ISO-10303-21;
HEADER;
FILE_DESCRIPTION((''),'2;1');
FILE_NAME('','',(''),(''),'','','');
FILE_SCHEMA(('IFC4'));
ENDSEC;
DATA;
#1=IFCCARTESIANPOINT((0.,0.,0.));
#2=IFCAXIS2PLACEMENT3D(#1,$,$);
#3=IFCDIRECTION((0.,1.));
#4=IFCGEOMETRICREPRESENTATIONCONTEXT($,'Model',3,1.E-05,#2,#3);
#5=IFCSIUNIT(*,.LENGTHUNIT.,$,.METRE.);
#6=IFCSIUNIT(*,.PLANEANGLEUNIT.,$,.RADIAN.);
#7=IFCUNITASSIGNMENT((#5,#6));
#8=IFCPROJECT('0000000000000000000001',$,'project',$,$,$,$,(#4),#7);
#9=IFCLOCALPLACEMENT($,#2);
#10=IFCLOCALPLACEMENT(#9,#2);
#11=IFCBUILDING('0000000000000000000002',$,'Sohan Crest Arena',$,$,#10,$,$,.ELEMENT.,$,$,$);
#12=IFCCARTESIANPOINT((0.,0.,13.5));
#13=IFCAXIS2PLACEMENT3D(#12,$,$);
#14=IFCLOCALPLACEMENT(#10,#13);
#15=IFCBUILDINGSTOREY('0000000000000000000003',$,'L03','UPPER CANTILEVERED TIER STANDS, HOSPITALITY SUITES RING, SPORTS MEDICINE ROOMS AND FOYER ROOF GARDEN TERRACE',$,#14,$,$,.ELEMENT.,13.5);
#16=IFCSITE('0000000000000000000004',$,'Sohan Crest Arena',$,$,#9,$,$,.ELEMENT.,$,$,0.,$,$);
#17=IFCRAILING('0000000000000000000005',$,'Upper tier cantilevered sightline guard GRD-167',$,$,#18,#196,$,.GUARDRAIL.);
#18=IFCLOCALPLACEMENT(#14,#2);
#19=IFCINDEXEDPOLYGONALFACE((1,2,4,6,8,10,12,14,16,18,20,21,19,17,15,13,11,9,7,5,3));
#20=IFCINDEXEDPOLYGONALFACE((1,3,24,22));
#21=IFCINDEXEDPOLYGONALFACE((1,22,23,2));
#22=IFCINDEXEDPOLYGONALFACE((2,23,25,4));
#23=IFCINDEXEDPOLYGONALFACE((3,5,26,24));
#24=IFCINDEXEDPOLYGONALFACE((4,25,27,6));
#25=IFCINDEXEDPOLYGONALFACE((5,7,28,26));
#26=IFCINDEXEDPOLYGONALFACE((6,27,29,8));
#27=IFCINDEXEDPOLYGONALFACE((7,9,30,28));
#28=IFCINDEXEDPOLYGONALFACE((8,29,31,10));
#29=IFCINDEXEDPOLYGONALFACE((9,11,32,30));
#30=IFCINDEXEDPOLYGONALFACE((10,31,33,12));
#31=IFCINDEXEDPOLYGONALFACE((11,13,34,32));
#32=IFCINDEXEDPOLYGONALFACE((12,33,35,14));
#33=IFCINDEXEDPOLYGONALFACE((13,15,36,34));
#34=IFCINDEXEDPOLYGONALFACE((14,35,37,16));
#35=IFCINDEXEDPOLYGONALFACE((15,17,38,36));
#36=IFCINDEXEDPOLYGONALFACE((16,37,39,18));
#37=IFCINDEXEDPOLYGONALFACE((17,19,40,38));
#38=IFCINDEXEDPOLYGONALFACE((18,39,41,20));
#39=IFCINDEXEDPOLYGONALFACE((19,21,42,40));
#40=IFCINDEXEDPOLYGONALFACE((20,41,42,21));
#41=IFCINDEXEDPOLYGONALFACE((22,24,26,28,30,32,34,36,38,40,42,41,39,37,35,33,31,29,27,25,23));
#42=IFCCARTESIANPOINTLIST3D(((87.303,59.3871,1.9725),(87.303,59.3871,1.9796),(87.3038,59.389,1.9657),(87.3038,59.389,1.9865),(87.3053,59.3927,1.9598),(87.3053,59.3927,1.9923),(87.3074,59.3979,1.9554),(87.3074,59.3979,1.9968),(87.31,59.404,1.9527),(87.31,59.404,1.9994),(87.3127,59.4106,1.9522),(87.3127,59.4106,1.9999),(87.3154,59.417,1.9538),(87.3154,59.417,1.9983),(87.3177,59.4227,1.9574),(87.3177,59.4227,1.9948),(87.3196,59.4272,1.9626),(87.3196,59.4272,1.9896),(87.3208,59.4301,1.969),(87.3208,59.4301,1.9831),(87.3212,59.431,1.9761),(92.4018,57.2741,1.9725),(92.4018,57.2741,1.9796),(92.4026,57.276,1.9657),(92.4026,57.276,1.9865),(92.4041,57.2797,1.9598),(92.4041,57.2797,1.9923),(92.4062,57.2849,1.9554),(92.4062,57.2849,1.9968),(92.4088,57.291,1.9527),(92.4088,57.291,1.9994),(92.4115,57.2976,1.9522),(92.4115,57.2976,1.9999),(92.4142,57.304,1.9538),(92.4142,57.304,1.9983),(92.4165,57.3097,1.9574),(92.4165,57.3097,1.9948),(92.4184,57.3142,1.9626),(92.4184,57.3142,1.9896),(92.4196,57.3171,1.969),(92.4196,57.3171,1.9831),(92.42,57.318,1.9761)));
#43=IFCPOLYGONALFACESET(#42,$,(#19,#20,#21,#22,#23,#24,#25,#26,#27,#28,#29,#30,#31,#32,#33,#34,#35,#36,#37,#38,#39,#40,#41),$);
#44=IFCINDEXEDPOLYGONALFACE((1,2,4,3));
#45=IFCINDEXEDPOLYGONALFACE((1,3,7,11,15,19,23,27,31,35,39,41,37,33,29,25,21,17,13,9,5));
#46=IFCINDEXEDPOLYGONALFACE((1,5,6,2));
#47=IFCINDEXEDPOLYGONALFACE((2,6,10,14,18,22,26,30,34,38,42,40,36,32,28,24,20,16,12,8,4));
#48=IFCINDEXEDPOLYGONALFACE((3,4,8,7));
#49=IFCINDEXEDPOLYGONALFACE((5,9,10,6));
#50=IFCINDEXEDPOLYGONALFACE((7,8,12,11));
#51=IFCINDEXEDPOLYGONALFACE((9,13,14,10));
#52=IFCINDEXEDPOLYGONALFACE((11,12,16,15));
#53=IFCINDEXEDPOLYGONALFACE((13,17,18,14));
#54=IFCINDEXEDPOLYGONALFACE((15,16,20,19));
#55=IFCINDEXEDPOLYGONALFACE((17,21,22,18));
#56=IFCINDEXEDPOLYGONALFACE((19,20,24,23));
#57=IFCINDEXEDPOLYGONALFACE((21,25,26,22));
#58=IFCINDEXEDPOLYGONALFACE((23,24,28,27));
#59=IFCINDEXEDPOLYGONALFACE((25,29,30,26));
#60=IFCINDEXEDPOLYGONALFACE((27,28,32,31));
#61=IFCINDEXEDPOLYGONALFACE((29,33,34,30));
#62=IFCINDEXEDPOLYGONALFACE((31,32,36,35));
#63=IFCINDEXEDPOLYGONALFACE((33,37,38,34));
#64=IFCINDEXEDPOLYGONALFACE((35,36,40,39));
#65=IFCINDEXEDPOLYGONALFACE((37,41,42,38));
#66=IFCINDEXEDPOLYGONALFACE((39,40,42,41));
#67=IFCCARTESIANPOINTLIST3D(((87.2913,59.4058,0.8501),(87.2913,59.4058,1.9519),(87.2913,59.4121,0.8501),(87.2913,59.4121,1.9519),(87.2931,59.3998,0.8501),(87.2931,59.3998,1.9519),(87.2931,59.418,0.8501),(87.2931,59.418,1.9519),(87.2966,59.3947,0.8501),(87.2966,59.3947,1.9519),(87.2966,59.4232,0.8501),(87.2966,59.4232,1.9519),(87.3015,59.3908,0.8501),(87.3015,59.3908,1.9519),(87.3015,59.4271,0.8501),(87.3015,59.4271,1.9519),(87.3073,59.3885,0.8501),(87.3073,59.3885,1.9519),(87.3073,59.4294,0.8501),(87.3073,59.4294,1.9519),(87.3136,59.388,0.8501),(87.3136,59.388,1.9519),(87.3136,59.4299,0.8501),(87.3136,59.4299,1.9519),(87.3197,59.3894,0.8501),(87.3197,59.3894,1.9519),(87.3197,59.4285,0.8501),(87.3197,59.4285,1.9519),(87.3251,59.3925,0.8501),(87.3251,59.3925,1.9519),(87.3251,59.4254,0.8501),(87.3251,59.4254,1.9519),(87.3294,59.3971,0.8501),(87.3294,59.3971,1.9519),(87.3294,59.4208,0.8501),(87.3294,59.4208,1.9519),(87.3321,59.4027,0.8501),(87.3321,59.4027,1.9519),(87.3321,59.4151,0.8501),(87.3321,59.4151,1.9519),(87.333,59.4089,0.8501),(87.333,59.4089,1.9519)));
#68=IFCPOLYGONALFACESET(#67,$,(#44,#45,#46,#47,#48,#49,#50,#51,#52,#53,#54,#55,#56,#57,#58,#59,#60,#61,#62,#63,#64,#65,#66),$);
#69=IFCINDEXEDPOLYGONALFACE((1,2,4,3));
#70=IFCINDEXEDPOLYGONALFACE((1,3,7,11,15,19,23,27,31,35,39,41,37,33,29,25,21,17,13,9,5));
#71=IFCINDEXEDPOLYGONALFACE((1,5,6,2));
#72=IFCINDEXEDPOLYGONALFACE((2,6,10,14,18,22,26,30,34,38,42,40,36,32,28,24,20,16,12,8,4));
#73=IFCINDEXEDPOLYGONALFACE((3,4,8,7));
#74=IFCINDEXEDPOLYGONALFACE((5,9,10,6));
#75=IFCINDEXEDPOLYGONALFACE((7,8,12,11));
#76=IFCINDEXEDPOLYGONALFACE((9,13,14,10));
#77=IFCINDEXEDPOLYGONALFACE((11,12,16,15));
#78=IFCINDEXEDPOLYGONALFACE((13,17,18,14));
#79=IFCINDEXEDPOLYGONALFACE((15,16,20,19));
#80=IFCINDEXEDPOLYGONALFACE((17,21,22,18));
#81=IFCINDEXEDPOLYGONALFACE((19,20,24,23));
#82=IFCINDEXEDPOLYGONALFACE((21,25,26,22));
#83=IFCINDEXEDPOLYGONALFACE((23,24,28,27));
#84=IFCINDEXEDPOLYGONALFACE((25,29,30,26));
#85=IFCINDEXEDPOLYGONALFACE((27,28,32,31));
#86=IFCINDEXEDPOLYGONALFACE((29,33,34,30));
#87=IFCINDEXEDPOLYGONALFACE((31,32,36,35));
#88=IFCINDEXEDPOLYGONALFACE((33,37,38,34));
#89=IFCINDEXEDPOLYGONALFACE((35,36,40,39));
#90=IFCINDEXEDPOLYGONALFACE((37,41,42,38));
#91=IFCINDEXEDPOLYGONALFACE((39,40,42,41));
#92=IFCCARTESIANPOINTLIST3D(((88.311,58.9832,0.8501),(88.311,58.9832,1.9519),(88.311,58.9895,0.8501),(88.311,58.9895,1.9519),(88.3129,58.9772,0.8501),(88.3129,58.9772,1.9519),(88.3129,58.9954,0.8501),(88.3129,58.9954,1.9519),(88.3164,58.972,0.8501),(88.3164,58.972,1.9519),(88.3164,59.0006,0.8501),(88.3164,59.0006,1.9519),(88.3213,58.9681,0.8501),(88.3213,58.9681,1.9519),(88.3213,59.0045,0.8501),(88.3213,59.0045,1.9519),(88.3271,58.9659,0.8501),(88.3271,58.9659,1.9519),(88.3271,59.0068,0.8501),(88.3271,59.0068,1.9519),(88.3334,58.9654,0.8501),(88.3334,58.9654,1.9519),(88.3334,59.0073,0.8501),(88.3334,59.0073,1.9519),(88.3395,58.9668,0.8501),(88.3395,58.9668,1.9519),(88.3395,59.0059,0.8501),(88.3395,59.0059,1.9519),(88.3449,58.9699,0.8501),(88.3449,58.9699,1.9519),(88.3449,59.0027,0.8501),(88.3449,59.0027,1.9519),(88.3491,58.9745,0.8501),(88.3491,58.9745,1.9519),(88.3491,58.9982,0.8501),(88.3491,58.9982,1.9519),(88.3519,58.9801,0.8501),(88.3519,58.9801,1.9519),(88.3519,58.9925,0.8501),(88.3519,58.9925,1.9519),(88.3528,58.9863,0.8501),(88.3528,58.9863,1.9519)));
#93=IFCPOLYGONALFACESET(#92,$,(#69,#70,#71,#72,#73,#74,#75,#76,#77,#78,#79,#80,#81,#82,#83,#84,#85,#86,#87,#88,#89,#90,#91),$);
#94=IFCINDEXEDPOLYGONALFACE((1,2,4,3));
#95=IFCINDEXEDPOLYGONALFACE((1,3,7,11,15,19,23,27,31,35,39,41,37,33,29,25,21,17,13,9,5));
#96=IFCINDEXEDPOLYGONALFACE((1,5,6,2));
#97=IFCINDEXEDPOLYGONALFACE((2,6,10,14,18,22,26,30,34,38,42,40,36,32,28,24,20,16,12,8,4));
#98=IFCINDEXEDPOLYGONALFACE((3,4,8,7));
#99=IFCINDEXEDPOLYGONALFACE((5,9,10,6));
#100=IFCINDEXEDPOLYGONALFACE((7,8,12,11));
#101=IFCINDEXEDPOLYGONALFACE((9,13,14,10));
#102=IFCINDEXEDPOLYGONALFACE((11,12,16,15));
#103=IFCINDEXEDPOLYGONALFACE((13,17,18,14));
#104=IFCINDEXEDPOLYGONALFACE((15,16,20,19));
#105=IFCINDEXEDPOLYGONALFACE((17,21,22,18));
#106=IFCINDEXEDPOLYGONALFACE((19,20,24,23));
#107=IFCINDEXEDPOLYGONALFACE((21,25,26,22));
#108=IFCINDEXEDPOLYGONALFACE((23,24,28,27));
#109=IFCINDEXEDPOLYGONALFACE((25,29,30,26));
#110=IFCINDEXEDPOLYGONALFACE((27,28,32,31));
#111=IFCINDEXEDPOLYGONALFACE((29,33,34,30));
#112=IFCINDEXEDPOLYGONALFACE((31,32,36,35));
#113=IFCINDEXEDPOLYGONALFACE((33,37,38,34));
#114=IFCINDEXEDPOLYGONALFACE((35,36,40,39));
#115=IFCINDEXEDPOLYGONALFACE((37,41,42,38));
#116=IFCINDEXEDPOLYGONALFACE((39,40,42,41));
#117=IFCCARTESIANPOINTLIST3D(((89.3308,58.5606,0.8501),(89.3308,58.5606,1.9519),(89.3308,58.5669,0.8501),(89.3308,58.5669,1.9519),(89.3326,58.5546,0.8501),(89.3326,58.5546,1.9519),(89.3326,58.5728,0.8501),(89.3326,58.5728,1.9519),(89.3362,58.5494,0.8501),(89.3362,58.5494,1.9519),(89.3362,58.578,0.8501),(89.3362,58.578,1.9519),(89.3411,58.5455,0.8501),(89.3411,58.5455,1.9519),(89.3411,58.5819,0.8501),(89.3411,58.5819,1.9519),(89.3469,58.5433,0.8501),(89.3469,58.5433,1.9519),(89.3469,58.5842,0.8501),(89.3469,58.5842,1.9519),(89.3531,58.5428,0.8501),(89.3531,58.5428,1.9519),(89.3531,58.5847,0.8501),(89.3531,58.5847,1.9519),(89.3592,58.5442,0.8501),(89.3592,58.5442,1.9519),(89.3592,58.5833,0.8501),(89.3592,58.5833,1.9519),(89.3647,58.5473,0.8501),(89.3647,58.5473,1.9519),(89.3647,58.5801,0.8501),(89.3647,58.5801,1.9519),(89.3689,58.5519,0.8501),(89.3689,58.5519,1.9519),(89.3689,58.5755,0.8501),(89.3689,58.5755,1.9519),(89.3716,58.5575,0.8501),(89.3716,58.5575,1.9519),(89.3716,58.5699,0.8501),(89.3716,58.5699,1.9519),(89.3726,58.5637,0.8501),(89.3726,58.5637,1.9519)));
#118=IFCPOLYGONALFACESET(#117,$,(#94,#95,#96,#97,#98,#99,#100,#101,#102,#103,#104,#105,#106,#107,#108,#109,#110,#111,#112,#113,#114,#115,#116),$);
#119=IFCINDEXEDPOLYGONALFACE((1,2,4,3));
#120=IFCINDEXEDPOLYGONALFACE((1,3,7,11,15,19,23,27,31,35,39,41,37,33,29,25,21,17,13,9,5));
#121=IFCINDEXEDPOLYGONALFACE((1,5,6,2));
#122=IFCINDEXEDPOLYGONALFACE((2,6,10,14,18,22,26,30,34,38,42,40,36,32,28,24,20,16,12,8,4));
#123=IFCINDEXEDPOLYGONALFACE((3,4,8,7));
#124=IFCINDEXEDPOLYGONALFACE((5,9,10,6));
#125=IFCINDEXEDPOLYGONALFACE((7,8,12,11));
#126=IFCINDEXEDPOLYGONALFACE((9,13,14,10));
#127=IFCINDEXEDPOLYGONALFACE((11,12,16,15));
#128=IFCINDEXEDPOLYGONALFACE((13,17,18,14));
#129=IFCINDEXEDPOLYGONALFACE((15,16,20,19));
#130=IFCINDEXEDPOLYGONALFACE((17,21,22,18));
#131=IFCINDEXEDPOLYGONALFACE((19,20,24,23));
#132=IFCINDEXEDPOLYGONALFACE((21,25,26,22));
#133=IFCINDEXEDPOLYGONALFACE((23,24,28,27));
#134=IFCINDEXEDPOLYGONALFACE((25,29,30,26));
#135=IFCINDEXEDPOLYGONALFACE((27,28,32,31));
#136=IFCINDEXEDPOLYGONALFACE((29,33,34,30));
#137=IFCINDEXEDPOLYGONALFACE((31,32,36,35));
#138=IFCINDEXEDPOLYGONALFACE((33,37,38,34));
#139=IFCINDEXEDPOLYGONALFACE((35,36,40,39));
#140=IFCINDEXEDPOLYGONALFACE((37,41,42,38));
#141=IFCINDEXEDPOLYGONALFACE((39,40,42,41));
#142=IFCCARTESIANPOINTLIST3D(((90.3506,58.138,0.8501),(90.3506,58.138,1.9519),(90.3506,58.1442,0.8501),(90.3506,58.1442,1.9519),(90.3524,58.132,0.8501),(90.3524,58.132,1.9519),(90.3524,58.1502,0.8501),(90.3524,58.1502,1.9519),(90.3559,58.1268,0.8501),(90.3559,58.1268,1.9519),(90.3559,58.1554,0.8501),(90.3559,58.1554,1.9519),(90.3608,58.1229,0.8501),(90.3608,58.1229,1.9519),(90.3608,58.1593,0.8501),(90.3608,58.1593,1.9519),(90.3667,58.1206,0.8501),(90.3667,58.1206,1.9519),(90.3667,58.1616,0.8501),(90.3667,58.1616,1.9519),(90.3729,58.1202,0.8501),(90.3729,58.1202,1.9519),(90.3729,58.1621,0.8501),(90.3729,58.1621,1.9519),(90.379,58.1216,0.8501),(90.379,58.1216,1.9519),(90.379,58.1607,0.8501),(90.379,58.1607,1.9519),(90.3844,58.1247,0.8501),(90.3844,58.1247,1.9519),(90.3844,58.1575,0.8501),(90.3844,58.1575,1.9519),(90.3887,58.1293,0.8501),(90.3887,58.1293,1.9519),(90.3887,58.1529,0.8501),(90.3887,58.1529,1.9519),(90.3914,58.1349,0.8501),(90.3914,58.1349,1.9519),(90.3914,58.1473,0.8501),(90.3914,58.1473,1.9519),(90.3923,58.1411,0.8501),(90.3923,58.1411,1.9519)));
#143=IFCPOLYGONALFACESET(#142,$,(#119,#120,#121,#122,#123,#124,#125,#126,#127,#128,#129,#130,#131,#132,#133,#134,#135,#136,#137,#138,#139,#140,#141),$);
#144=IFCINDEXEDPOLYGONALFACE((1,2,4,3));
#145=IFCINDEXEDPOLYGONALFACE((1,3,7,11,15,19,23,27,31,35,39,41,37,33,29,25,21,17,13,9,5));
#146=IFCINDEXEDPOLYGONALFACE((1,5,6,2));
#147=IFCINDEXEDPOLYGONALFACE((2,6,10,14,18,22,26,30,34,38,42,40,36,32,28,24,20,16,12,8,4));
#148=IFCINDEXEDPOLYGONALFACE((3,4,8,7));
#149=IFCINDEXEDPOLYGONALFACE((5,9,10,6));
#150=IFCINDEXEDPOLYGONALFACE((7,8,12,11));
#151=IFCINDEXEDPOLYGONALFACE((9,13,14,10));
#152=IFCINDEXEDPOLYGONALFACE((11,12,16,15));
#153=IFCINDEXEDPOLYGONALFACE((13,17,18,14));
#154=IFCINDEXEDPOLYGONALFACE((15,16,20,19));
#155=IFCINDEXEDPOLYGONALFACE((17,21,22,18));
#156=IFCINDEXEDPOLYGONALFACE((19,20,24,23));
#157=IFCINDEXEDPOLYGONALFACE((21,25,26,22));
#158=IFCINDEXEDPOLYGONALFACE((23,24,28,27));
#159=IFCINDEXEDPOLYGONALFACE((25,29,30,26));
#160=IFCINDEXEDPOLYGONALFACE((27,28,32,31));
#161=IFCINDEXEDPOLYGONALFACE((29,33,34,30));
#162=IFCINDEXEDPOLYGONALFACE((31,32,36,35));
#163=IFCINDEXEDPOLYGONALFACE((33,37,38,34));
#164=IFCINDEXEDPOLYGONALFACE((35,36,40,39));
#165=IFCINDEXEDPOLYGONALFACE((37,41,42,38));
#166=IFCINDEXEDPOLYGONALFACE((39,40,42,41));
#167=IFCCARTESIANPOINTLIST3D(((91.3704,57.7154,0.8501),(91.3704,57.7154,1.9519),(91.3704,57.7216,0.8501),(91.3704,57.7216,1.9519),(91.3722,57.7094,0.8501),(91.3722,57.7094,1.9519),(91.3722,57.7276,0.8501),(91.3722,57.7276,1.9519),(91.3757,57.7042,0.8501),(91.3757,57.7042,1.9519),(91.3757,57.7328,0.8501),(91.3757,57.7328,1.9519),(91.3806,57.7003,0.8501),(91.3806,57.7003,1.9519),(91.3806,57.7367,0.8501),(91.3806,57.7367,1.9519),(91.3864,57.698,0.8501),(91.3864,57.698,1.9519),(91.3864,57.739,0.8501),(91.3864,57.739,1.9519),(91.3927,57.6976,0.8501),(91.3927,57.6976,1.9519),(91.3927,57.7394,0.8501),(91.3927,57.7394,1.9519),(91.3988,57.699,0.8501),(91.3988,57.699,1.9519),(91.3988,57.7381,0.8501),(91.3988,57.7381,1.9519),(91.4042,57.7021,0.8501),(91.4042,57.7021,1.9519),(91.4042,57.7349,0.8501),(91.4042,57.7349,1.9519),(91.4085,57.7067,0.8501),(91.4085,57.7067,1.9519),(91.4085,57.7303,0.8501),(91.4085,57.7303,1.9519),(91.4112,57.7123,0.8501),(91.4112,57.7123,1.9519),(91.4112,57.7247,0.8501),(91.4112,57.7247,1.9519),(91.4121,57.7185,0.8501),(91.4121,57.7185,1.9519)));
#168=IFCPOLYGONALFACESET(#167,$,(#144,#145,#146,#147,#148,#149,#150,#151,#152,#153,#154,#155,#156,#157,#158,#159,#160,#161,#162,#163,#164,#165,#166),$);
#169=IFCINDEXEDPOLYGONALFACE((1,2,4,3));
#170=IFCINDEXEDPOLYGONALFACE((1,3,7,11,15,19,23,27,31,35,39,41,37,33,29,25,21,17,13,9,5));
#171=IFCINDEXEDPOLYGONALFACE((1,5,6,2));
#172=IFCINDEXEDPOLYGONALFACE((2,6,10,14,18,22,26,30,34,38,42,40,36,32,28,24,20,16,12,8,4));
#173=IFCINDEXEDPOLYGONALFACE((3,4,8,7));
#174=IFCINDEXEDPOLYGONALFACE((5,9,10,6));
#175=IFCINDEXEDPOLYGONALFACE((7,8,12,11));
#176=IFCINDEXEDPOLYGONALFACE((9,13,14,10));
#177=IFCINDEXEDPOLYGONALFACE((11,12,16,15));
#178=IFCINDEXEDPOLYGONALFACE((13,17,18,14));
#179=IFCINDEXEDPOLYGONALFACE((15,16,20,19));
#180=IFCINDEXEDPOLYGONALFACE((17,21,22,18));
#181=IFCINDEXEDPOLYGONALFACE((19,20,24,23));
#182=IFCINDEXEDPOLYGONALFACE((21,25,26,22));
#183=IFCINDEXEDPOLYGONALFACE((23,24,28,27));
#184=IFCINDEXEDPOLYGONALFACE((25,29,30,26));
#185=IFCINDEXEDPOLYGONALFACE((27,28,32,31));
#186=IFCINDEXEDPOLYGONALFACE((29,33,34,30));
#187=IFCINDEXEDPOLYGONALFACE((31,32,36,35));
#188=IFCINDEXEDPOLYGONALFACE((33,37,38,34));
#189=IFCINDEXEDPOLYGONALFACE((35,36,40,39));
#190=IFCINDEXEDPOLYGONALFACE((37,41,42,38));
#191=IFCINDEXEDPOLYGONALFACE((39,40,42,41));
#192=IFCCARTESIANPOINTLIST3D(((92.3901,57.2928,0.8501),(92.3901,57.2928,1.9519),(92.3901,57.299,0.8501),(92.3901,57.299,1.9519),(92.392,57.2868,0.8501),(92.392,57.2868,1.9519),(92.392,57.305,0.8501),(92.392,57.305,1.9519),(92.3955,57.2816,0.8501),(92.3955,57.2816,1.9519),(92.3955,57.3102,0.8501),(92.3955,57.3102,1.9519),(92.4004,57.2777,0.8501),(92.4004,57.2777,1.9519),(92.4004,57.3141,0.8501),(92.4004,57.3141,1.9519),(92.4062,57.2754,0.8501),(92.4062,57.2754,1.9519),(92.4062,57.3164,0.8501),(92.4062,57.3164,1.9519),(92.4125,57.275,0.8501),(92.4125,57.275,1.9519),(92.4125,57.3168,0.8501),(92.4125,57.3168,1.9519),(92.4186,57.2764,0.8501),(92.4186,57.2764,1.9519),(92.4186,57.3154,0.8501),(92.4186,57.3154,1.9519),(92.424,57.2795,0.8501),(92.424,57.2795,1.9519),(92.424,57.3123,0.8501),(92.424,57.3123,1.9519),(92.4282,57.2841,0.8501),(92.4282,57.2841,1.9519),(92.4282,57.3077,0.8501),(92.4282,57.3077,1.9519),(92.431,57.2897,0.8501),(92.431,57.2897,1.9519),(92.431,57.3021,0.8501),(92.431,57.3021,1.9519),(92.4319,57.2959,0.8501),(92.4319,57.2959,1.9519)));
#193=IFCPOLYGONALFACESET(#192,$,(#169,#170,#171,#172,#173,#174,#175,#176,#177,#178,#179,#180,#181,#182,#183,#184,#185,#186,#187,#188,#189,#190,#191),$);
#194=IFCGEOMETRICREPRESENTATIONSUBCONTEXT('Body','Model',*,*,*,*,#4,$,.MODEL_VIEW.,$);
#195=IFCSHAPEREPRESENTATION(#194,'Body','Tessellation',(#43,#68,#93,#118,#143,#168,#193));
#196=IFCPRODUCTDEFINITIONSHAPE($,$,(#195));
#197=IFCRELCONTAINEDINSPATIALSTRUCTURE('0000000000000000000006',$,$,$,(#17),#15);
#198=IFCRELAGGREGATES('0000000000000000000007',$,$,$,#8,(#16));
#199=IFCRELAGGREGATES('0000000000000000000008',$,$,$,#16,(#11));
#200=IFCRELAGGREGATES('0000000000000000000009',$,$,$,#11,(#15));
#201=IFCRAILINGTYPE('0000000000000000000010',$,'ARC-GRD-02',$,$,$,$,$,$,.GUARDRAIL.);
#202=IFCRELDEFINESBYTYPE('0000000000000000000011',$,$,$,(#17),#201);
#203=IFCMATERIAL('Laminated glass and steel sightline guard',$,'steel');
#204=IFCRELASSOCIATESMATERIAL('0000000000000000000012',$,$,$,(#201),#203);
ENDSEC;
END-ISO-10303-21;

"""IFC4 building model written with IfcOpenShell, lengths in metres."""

from ifc_helpers import new_model, si_unit, direction, frame, origin, origin_2d, place, context, subcontext, project, spatial, circle, extrude, material, type_object, element, save


model = new_model("IFC4")

# Units and contexts
model_context = context("Model", 3, precision=1e-05, world=origin(), true_north=direction((0.0, 1.0)))
body_context = subcontext(model_context, "Body", "Model", "MODEL_VIEW")
ifc_project = project(units=[si_unit("LENGTHUNIT", "METRE"), si_unit("PLANEANGLEUNIT", "RADIAN")], contexts=[model_context])

# Site, building, storey
site_placement = place(None, origin())
site = spatial("IfcSite", under=ifc_project, at=site_placement, Name="Sohan Crest Arena", CompositionType="ELEMENT", RefElevation=0.0)
building_placement = place(site_placement, origin())
building = spatial("IfcBuilding", under=site, at=building_placement, Name="Sohan Crest Arena", CompositionType="ELEMENT")
storey_placement = place(building_placement, frame((0.0, 0.0, 13.5)))
storey = spatial("IfcBuildingStorey", under=building, at=storey_placement, Name="L03", Description="UPPER CANTILEVERED TIER STANDS, HOSPITALITY SUITES RING, SPORTS MEDICINE ROOMS AND FOYER ROOF GARDEN TERRACE", CompositionType="ELEMENT", Elevation=13.5)

# Railing
ifc_material_1 = material(Name="Laminated glass and steel sightline guard", Category="steel")
railing_type = type_object("IfcRailingType", Name="ARC-GRD-02", PredefinedType="GUARDRAIL", material=ifc_material_1)
railing_1_placement = place(storey_placement, frame((87.312, 59.4089, 0.8501)))
element("IfcRailing", 1, at=railing_1_placement, inside=storey, type_object=railing_type, Name="Upper tier cantilevered sightline guard GRD-167", PredefinedType="GUARDRAIL", context=body_context, shape_type="SweptSolid", body=[
    extrude(circle(Radius=0.0239, at=origin_2d()), frame((0.0, 0.0, 1.126), z_axis=(0.923815, -0.38284, 0.0), x_axis=(0.38284, 0.923815, 0.0)), (0.0, 0.0, 1.0), 5.5193),
    extrude(circle(Radius=0.021, at=origin_2d()), origin(), (0.0, 0.0, 1.0), 1.1018),
    extrude(circle(Radius=0.021, at=origin_2d()), frame((1.0198, -0.4226, 0.0)), (0.0, 0.0, 1.0), 1.1018),
    extrude(circle(Radius=0.021, at=origin_2d()), frame((2.0396, -0.8452, 0.0)), (0.0, 0.0, 1.0), 1.1018),
    extrude(circle(Radius=0.021, at=origin_2d()), frame((3.0593, -1.2678, 0.0)), (0.0, 0.0, 1.0), 1.1018),
    extrude(circle(Radius=0.021, at=origin_2d()), frame((4.0791, -1.6904, 0.0)), (0.0, 0.0, 1.0), 1.1018),
    extrude(circle(Radius=0.021, at=origin_2d()), frame((5.0989, -2.113, 0.0)), (0.0, 0.0, 1.0), 1.1018),
])

save(model, "model.ifc")
